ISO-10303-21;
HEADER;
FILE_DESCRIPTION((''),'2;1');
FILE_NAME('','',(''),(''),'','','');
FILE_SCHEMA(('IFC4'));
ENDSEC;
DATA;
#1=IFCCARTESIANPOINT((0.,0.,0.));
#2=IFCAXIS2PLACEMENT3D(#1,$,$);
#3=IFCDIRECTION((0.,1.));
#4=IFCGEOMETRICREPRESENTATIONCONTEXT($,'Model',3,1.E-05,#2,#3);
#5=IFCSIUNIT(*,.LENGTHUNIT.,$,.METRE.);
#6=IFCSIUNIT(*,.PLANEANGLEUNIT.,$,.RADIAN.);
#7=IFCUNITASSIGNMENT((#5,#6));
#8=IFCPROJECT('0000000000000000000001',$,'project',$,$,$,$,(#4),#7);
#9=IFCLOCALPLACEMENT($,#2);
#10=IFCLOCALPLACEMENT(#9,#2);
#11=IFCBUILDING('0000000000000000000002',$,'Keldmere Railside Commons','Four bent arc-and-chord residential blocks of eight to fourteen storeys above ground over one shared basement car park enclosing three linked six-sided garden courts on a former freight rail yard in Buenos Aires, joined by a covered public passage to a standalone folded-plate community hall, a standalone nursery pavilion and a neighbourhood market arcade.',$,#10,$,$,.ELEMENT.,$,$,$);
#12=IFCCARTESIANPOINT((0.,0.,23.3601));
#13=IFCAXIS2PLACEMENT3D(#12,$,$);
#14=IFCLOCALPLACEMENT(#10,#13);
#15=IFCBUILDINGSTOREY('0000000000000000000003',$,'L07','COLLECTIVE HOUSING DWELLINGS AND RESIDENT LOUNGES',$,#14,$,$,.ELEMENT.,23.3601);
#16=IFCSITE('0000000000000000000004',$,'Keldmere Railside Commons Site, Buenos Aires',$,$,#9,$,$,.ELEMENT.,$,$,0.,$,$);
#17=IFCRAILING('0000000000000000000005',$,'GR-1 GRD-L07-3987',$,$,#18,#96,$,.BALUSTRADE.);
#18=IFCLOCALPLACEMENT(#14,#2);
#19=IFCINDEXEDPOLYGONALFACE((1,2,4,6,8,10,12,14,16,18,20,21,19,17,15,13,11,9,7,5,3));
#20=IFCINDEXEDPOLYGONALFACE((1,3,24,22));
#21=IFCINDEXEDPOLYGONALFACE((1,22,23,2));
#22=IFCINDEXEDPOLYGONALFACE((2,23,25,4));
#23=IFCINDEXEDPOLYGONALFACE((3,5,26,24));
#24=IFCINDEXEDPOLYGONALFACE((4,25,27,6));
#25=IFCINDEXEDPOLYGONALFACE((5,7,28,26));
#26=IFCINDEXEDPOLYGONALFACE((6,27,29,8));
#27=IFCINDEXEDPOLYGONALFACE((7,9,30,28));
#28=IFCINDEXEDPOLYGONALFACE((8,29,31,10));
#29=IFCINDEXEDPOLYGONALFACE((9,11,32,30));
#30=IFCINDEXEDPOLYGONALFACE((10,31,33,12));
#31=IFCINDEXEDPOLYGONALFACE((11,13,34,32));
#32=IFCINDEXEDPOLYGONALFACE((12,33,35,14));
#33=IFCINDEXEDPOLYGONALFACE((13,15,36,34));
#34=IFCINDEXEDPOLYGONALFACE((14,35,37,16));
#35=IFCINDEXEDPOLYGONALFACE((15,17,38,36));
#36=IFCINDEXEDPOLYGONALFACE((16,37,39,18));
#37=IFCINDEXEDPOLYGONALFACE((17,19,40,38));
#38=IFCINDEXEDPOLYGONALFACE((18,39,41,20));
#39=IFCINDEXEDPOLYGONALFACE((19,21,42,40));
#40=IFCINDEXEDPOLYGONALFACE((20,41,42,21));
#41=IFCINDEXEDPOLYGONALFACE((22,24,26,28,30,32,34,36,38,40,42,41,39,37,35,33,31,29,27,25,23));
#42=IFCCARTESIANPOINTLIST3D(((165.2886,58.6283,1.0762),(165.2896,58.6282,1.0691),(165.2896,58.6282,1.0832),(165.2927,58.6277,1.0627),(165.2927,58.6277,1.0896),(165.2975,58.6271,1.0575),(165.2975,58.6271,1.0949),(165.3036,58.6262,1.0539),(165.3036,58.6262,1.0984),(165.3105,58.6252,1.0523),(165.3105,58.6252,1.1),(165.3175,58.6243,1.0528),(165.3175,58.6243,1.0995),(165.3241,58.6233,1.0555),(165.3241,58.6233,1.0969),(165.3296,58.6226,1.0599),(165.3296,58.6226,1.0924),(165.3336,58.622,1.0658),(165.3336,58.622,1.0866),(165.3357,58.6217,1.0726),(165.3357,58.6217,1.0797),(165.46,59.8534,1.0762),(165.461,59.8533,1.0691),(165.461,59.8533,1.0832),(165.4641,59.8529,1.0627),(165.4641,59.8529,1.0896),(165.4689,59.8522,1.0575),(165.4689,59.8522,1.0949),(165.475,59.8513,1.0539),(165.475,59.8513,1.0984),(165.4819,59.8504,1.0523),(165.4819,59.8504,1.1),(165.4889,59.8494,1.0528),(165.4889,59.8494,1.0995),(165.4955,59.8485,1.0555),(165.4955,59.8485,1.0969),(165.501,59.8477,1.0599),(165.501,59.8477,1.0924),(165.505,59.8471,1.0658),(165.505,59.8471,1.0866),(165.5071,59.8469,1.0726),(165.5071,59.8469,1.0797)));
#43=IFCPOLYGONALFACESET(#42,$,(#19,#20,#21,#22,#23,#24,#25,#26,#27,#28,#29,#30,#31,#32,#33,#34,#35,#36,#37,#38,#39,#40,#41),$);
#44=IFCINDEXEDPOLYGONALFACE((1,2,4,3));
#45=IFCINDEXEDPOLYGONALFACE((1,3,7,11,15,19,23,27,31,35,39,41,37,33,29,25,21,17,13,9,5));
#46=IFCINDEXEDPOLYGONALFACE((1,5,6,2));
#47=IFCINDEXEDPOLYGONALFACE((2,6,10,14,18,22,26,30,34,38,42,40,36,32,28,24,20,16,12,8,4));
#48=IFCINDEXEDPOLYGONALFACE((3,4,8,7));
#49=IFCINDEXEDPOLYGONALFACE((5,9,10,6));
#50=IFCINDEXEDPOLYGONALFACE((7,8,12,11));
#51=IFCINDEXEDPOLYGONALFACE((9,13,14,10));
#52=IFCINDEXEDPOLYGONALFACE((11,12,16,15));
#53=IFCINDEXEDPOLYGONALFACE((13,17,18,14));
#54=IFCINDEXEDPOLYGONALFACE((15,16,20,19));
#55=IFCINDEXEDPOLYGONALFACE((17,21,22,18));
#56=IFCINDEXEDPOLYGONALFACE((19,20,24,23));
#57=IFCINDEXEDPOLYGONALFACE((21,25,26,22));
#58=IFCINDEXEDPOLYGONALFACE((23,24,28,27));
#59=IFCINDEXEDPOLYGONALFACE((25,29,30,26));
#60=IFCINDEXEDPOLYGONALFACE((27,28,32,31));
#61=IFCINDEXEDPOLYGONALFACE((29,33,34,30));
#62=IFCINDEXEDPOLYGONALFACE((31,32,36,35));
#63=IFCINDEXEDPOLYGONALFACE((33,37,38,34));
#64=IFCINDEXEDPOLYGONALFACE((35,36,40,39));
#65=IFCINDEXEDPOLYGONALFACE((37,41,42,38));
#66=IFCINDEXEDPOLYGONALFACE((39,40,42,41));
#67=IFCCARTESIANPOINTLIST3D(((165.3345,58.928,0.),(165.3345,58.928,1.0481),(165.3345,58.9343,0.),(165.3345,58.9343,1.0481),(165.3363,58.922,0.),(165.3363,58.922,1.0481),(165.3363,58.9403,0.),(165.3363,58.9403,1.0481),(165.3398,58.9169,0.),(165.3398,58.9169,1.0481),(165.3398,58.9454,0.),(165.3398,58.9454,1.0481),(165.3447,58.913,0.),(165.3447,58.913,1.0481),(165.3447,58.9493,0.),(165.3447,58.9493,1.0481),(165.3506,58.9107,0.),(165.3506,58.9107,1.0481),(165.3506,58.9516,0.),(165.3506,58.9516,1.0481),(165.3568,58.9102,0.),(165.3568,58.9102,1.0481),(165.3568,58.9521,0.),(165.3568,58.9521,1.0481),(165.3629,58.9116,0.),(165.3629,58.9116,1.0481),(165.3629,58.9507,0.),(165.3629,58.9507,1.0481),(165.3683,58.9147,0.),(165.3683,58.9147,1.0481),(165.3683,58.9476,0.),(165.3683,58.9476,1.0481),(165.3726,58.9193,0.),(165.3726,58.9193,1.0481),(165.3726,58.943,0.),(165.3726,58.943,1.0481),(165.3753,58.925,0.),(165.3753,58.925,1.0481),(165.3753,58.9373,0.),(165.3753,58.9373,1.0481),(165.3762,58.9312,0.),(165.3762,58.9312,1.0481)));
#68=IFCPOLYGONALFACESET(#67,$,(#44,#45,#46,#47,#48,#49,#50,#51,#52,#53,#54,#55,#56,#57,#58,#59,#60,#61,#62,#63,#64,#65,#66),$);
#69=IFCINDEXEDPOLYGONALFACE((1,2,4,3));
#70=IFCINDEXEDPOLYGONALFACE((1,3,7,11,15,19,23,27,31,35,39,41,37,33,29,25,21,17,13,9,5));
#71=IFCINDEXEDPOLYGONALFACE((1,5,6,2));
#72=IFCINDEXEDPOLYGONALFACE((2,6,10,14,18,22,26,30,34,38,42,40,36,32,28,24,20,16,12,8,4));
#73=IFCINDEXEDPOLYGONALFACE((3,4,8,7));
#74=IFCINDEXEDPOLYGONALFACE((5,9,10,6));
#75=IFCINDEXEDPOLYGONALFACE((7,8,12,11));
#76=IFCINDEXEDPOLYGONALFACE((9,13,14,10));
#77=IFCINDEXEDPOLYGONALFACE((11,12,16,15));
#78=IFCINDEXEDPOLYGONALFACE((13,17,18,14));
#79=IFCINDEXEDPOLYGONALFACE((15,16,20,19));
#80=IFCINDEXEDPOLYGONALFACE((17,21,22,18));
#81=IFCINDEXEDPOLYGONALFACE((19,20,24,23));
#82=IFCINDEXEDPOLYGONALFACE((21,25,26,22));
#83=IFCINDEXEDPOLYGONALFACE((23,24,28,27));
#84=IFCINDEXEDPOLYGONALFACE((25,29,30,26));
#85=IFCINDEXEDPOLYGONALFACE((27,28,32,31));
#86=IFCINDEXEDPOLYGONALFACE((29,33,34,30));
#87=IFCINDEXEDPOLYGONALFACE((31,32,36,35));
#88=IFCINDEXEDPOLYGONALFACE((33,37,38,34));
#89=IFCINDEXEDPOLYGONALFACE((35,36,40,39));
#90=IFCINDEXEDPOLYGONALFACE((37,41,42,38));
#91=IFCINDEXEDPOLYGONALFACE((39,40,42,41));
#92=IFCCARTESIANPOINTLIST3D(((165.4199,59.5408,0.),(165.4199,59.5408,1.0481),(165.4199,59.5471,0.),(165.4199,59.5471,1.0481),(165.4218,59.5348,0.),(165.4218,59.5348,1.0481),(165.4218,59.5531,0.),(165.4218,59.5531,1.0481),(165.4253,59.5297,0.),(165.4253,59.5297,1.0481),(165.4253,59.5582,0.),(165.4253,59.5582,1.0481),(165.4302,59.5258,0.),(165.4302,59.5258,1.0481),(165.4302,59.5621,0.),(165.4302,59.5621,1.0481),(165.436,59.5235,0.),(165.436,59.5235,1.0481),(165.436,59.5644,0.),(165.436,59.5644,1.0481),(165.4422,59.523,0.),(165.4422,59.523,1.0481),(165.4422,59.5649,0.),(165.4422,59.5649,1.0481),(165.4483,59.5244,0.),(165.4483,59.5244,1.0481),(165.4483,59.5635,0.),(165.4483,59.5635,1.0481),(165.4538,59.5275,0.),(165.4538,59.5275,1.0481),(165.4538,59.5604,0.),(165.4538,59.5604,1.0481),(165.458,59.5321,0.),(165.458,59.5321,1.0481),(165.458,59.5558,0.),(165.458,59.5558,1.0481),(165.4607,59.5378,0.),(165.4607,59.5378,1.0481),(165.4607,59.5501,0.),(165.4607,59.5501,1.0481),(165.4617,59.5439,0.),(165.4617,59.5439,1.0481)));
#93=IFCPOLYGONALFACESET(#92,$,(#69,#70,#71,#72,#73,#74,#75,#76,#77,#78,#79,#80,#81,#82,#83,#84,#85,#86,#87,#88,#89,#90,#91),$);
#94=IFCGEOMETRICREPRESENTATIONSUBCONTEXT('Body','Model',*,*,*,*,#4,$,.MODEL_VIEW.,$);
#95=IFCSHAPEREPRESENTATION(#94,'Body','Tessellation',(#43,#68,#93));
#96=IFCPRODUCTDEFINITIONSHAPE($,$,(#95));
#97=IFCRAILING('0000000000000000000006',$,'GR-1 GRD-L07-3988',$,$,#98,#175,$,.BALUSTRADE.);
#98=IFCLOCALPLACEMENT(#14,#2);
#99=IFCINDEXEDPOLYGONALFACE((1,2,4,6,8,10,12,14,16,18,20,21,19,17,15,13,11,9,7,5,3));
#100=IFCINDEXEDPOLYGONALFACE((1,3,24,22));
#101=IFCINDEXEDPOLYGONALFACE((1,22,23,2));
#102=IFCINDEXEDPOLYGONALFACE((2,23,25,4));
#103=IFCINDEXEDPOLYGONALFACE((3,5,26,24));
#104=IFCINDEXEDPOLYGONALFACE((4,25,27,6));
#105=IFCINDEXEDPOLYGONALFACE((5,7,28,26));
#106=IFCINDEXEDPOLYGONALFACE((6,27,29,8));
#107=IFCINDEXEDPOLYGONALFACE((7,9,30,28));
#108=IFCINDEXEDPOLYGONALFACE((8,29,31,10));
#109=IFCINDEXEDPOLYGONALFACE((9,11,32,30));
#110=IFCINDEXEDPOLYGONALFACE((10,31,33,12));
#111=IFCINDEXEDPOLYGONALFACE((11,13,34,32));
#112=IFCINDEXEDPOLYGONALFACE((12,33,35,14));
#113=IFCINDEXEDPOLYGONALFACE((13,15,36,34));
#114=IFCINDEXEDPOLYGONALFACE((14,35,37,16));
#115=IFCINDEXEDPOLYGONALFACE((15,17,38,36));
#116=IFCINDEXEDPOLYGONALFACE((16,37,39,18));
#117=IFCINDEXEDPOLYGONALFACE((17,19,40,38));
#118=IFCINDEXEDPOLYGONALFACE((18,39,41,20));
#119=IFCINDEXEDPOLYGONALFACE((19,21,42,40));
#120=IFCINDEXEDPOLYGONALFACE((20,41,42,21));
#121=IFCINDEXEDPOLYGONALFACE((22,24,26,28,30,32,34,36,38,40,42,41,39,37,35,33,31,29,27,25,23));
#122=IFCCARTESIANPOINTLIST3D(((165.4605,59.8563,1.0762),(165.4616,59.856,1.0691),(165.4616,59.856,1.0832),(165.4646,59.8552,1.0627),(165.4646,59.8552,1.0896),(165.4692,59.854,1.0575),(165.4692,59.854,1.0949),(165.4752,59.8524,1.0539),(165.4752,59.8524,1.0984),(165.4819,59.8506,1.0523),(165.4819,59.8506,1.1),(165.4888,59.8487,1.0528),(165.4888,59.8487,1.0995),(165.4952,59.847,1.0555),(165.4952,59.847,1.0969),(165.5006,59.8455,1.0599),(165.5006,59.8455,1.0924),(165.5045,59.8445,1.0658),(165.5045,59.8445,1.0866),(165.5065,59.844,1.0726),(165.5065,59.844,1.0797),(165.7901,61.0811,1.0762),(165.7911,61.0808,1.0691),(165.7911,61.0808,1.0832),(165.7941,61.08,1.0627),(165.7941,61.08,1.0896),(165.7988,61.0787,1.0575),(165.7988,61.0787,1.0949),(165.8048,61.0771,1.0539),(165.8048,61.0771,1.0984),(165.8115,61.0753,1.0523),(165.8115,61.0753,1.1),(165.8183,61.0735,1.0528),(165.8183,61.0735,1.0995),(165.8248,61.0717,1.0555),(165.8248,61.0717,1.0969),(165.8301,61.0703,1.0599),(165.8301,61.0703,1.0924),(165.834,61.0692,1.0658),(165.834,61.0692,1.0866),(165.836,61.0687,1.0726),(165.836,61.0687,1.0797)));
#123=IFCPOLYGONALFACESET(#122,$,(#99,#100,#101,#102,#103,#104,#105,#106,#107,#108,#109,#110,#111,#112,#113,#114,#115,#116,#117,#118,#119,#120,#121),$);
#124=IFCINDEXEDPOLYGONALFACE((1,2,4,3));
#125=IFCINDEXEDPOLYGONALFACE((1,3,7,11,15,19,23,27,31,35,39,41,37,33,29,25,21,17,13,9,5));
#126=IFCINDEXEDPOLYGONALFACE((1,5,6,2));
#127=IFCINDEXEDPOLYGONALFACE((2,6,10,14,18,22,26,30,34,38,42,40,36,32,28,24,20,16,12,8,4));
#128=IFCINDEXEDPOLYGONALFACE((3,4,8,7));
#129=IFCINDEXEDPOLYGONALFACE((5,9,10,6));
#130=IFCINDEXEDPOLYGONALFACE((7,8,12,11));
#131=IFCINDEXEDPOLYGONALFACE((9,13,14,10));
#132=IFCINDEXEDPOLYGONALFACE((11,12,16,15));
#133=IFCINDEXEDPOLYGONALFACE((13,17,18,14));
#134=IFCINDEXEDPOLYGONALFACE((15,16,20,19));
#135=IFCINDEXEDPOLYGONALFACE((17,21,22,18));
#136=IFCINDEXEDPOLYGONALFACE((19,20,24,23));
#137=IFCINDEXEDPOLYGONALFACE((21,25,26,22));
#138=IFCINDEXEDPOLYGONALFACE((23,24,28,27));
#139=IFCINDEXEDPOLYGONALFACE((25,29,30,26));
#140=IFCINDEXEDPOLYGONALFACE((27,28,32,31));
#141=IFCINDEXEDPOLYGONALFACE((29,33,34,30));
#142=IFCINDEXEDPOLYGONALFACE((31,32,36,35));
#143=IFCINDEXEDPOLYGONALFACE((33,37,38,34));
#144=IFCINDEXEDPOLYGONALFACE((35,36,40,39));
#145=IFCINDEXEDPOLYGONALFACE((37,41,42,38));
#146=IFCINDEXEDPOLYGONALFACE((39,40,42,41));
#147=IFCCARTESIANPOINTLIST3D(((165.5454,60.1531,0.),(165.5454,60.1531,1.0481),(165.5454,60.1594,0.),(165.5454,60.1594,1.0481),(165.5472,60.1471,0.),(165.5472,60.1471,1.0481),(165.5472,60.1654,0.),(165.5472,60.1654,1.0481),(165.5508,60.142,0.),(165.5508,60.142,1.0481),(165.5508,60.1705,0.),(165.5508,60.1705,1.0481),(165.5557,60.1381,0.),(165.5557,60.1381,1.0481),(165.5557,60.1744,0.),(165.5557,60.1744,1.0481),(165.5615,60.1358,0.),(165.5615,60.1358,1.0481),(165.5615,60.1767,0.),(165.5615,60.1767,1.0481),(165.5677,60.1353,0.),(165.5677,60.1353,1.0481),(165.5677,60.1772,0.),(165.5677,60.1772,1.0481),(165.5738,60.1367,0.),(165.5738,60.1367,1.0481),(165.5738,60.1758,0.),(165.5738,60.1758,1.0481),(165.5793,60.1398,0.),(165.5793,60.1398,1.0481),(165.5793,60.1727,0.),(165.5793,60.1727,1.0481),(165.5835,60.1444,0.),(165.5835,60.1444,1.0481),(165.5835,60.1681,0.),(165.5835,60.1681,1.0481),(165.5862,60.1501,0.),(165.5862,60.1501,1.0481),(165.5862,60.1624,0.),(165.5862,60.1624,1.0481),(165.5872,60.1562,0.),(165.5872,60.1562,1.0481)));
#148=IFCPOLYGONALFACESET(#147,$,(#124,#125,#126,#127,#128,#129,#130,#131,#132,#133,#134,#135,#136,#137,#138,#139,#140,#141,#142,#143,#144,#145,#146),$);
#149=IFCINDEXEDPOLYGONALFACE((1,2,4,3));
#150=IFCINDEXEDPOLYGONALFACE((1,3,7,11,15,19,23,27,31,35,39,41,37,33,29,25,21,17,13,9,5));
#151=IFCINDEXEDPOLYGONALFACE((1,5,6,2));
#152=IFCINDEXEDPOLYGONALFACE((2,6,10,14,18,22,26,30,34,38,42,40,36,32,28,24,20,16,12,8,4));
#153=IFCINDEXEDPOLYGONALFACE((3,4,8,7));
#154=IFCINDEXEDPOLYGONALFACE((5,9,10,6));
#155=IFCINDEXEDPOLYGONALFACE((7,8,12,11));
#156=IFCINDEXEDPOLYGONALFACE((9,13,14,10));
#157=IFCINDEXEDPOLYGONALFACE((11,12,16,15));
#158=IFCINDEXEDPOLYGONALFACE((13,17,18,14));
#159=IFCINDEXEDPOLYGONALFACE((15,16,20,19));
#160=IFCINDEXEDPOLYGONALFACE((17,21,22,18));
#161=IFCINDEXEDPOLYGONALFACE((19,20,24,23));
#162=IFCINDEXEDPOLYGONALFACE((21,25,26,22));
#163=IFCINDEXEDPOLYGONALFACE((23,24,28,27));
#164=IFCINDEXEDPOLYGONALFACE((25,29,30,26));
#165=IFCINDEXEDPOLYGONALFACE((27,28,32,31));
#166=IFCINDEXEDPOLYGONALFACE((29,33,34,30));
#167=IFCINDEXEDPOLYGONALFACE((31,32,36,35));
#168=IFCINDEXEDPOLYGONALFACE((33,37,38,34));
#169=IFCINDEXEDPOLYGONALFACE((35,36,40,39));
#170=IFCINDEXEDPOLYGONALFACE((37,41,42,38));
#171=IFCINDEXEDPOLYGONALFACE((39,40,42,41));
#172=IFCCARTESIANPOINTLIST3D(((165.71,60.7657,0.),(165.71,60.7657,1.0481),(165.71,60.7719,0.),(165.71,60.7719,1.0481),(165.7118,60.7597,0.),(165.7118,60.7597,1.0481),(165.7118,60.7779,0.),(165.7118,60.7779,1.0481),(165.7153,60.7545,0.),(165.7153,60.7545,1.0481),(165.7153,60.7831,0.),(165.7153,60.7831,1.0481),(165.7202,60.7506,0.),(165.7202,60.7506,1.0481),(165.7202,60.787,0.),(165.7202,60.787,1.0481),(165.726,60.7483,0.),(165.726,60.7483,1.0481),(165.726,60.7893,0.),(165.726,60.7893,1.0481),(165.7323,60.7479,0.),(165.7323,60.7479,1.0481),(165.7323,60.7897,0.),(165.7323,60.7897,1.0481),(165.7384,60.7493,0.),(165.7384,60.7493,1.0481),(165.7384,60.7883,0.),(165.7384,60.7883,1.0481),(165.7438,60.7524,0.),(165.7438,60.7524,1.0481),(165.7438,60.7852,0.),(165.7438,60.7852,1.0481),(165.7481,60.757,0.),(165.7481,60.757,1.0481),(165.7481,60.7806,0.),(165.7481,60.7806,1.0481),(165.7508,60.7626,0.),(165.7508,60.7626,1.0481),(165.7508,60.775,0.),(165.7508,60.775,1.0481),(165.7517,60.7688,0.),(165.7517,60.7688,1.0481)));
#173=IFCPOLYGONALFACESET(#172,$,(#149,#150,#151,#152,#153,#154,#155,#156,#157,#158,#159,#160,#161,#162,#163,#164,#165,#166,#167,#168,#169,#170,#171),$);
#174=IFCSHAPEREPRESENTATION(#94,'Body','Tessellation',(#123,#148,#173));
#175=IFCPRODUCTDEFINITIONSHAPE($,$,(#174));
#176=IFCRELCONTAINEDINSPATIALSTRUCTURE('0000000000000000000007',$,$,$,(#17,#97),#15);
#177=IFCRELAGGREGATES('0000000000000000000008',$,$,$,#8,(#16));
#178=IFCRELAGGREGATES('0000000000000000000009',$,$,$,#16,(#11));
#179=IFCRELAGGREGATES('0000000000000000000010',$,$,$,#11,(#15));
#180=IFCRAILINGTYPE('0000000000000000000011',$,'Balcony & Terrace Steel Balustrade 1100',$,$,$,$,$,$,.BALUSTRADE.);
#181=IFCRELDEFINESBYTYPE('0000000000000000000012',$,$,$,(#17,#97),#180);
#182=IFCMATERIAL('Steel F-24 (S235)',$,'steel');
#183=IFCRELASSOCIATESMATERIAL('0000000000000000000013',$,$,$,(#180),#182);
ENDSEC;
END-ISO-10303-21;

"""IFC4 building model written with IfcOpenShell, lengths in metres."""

from ifc_helpers import new_model, si_unit, direction, frame, origin, origin_2d, place, context, subcontext, project, spatial, circle, extrude, material, type_object, element, save


model = new_model("IFC4")

# Units and contexts
model_context = context("Model", 3, precision=1e-05, world=origin(), true_north=direction((0.0, 1.0)))
body_context = subcontext(model_context, "Body", "Model", "MODEL_VIEW")
ifc_project = project(units=[si_unit("LENGTHUNIT", "METRE"), si_unit("PLANEANGLEUNIT", "RADIAN")], contexts=[model_context])

# Site, building, storey
site_placement = place(None, origin())
site = spatial("IfcSite", under=ifc_project, at=site_placement, Name="Keldmere Railside Commons Site, Buenos Aires", CompositionType="ELEMENT", RefElevation=0.0)
building_placement = place(site_placement, origin())
building = spatial("IfcBuilding", under=site, at=building_placement, Name="Keldmere Railside Commons", Description="Four bent arc-and-chord residential blocks of eight to fourteen storeys above ground over one shared basement car park enclosing three linked six-sided garden courts on a former freight rail yard in Buenos Aires, joined by a covered public passage to a standalone folded-plate community hall, a standalone nursery pavilion and a neighbourhood market arcade.", CompositionType="ELEMENT")
storey_placement = place(building_placement, frame((0.0, 0.0, 23.3601)))
storey = spatial("IfcBuildingStorey", under=building, at=storey_placement, Name="L07", Description="COLLECTIVE HOUSING DWELLINGS AND RESIDENT LOUNGES", CompositionType="ELEMENT", Elevation=23.3601)

# Railings
ifc_material_1 = material(Name="Steel F-24 (S235)", Category="steel")
railing_type = type_object("IfcRailingType", Name="Balcony & Terrace Steel Balustrade 1100", PredefinedType="BALUSTRADE", material=ifc_material_1)
railing_1_placement = place(storey_placement, frame((165.3123, 58.625, 0.0)))
element("IfcRailing", 1, at=railing_1_placement, inside=storey, type_object=railing_type, Name="GR-1 GRD-L07-3987", PredefinedType="BALUSTRADE", context=body_context, shape_type="SweptSolid", body=[
    extrude(circle(Radius=0.0239, at=origin_2d()), frame((0.0, 0.0, 1.0762), z_axis=(0.138547, 0.990356, 0.0), x_axis=(-0.990356, 0.138547, 0.0)), (0.0, 0.0, 1.0), 1.2371),
    extrude(circle(Radius=0.021, at=origin_2d()), frame((0.043, 0.3062, 0.0)), (0.0, 0.0, 1.0), 1.0481),
    extrude(circle(Radius=0.021, at=origin_2d()), frame((0.1284, 0.9189, 0.0)), (0.0, 0.0, 1.0), 1.0481),
])
railing_2_placement = place(storey_placement, frame((165.4836, 59.8501, 0.0)))
element("IfcRailing", 2, at=railing_2_placement, inside=storey, type_object=railing_type, Name="GR-1 GRD-L07-3988", PredefinedType="BALUSTRADE", context=body_context, shape_type="SweptSolid", body=[
    extrude(circle(Radius=0.0239, at=origin_2d()), frame((0.0, 0.0, 1.0762), z_axis=(0.259842, 0.965651, 0.0), x_axis=(-0.965651, 0.259842, 0.0)), (0.0, 0.0, 1.0), 1.2683),
    extrude(circle(Radius=0.021, at=origin_2d()), frame((0.0825, 0.3062, 0.0)), (0.0, 0.0, 1.0), 1.0481),
    extrude(circle(Radius=0.021, at=origin_2d()), frame((0.2471, 0.9187, 0.0)), (0.0, 0.0, 1.0), 1.0481),
])

save(model, "model.ifc")
